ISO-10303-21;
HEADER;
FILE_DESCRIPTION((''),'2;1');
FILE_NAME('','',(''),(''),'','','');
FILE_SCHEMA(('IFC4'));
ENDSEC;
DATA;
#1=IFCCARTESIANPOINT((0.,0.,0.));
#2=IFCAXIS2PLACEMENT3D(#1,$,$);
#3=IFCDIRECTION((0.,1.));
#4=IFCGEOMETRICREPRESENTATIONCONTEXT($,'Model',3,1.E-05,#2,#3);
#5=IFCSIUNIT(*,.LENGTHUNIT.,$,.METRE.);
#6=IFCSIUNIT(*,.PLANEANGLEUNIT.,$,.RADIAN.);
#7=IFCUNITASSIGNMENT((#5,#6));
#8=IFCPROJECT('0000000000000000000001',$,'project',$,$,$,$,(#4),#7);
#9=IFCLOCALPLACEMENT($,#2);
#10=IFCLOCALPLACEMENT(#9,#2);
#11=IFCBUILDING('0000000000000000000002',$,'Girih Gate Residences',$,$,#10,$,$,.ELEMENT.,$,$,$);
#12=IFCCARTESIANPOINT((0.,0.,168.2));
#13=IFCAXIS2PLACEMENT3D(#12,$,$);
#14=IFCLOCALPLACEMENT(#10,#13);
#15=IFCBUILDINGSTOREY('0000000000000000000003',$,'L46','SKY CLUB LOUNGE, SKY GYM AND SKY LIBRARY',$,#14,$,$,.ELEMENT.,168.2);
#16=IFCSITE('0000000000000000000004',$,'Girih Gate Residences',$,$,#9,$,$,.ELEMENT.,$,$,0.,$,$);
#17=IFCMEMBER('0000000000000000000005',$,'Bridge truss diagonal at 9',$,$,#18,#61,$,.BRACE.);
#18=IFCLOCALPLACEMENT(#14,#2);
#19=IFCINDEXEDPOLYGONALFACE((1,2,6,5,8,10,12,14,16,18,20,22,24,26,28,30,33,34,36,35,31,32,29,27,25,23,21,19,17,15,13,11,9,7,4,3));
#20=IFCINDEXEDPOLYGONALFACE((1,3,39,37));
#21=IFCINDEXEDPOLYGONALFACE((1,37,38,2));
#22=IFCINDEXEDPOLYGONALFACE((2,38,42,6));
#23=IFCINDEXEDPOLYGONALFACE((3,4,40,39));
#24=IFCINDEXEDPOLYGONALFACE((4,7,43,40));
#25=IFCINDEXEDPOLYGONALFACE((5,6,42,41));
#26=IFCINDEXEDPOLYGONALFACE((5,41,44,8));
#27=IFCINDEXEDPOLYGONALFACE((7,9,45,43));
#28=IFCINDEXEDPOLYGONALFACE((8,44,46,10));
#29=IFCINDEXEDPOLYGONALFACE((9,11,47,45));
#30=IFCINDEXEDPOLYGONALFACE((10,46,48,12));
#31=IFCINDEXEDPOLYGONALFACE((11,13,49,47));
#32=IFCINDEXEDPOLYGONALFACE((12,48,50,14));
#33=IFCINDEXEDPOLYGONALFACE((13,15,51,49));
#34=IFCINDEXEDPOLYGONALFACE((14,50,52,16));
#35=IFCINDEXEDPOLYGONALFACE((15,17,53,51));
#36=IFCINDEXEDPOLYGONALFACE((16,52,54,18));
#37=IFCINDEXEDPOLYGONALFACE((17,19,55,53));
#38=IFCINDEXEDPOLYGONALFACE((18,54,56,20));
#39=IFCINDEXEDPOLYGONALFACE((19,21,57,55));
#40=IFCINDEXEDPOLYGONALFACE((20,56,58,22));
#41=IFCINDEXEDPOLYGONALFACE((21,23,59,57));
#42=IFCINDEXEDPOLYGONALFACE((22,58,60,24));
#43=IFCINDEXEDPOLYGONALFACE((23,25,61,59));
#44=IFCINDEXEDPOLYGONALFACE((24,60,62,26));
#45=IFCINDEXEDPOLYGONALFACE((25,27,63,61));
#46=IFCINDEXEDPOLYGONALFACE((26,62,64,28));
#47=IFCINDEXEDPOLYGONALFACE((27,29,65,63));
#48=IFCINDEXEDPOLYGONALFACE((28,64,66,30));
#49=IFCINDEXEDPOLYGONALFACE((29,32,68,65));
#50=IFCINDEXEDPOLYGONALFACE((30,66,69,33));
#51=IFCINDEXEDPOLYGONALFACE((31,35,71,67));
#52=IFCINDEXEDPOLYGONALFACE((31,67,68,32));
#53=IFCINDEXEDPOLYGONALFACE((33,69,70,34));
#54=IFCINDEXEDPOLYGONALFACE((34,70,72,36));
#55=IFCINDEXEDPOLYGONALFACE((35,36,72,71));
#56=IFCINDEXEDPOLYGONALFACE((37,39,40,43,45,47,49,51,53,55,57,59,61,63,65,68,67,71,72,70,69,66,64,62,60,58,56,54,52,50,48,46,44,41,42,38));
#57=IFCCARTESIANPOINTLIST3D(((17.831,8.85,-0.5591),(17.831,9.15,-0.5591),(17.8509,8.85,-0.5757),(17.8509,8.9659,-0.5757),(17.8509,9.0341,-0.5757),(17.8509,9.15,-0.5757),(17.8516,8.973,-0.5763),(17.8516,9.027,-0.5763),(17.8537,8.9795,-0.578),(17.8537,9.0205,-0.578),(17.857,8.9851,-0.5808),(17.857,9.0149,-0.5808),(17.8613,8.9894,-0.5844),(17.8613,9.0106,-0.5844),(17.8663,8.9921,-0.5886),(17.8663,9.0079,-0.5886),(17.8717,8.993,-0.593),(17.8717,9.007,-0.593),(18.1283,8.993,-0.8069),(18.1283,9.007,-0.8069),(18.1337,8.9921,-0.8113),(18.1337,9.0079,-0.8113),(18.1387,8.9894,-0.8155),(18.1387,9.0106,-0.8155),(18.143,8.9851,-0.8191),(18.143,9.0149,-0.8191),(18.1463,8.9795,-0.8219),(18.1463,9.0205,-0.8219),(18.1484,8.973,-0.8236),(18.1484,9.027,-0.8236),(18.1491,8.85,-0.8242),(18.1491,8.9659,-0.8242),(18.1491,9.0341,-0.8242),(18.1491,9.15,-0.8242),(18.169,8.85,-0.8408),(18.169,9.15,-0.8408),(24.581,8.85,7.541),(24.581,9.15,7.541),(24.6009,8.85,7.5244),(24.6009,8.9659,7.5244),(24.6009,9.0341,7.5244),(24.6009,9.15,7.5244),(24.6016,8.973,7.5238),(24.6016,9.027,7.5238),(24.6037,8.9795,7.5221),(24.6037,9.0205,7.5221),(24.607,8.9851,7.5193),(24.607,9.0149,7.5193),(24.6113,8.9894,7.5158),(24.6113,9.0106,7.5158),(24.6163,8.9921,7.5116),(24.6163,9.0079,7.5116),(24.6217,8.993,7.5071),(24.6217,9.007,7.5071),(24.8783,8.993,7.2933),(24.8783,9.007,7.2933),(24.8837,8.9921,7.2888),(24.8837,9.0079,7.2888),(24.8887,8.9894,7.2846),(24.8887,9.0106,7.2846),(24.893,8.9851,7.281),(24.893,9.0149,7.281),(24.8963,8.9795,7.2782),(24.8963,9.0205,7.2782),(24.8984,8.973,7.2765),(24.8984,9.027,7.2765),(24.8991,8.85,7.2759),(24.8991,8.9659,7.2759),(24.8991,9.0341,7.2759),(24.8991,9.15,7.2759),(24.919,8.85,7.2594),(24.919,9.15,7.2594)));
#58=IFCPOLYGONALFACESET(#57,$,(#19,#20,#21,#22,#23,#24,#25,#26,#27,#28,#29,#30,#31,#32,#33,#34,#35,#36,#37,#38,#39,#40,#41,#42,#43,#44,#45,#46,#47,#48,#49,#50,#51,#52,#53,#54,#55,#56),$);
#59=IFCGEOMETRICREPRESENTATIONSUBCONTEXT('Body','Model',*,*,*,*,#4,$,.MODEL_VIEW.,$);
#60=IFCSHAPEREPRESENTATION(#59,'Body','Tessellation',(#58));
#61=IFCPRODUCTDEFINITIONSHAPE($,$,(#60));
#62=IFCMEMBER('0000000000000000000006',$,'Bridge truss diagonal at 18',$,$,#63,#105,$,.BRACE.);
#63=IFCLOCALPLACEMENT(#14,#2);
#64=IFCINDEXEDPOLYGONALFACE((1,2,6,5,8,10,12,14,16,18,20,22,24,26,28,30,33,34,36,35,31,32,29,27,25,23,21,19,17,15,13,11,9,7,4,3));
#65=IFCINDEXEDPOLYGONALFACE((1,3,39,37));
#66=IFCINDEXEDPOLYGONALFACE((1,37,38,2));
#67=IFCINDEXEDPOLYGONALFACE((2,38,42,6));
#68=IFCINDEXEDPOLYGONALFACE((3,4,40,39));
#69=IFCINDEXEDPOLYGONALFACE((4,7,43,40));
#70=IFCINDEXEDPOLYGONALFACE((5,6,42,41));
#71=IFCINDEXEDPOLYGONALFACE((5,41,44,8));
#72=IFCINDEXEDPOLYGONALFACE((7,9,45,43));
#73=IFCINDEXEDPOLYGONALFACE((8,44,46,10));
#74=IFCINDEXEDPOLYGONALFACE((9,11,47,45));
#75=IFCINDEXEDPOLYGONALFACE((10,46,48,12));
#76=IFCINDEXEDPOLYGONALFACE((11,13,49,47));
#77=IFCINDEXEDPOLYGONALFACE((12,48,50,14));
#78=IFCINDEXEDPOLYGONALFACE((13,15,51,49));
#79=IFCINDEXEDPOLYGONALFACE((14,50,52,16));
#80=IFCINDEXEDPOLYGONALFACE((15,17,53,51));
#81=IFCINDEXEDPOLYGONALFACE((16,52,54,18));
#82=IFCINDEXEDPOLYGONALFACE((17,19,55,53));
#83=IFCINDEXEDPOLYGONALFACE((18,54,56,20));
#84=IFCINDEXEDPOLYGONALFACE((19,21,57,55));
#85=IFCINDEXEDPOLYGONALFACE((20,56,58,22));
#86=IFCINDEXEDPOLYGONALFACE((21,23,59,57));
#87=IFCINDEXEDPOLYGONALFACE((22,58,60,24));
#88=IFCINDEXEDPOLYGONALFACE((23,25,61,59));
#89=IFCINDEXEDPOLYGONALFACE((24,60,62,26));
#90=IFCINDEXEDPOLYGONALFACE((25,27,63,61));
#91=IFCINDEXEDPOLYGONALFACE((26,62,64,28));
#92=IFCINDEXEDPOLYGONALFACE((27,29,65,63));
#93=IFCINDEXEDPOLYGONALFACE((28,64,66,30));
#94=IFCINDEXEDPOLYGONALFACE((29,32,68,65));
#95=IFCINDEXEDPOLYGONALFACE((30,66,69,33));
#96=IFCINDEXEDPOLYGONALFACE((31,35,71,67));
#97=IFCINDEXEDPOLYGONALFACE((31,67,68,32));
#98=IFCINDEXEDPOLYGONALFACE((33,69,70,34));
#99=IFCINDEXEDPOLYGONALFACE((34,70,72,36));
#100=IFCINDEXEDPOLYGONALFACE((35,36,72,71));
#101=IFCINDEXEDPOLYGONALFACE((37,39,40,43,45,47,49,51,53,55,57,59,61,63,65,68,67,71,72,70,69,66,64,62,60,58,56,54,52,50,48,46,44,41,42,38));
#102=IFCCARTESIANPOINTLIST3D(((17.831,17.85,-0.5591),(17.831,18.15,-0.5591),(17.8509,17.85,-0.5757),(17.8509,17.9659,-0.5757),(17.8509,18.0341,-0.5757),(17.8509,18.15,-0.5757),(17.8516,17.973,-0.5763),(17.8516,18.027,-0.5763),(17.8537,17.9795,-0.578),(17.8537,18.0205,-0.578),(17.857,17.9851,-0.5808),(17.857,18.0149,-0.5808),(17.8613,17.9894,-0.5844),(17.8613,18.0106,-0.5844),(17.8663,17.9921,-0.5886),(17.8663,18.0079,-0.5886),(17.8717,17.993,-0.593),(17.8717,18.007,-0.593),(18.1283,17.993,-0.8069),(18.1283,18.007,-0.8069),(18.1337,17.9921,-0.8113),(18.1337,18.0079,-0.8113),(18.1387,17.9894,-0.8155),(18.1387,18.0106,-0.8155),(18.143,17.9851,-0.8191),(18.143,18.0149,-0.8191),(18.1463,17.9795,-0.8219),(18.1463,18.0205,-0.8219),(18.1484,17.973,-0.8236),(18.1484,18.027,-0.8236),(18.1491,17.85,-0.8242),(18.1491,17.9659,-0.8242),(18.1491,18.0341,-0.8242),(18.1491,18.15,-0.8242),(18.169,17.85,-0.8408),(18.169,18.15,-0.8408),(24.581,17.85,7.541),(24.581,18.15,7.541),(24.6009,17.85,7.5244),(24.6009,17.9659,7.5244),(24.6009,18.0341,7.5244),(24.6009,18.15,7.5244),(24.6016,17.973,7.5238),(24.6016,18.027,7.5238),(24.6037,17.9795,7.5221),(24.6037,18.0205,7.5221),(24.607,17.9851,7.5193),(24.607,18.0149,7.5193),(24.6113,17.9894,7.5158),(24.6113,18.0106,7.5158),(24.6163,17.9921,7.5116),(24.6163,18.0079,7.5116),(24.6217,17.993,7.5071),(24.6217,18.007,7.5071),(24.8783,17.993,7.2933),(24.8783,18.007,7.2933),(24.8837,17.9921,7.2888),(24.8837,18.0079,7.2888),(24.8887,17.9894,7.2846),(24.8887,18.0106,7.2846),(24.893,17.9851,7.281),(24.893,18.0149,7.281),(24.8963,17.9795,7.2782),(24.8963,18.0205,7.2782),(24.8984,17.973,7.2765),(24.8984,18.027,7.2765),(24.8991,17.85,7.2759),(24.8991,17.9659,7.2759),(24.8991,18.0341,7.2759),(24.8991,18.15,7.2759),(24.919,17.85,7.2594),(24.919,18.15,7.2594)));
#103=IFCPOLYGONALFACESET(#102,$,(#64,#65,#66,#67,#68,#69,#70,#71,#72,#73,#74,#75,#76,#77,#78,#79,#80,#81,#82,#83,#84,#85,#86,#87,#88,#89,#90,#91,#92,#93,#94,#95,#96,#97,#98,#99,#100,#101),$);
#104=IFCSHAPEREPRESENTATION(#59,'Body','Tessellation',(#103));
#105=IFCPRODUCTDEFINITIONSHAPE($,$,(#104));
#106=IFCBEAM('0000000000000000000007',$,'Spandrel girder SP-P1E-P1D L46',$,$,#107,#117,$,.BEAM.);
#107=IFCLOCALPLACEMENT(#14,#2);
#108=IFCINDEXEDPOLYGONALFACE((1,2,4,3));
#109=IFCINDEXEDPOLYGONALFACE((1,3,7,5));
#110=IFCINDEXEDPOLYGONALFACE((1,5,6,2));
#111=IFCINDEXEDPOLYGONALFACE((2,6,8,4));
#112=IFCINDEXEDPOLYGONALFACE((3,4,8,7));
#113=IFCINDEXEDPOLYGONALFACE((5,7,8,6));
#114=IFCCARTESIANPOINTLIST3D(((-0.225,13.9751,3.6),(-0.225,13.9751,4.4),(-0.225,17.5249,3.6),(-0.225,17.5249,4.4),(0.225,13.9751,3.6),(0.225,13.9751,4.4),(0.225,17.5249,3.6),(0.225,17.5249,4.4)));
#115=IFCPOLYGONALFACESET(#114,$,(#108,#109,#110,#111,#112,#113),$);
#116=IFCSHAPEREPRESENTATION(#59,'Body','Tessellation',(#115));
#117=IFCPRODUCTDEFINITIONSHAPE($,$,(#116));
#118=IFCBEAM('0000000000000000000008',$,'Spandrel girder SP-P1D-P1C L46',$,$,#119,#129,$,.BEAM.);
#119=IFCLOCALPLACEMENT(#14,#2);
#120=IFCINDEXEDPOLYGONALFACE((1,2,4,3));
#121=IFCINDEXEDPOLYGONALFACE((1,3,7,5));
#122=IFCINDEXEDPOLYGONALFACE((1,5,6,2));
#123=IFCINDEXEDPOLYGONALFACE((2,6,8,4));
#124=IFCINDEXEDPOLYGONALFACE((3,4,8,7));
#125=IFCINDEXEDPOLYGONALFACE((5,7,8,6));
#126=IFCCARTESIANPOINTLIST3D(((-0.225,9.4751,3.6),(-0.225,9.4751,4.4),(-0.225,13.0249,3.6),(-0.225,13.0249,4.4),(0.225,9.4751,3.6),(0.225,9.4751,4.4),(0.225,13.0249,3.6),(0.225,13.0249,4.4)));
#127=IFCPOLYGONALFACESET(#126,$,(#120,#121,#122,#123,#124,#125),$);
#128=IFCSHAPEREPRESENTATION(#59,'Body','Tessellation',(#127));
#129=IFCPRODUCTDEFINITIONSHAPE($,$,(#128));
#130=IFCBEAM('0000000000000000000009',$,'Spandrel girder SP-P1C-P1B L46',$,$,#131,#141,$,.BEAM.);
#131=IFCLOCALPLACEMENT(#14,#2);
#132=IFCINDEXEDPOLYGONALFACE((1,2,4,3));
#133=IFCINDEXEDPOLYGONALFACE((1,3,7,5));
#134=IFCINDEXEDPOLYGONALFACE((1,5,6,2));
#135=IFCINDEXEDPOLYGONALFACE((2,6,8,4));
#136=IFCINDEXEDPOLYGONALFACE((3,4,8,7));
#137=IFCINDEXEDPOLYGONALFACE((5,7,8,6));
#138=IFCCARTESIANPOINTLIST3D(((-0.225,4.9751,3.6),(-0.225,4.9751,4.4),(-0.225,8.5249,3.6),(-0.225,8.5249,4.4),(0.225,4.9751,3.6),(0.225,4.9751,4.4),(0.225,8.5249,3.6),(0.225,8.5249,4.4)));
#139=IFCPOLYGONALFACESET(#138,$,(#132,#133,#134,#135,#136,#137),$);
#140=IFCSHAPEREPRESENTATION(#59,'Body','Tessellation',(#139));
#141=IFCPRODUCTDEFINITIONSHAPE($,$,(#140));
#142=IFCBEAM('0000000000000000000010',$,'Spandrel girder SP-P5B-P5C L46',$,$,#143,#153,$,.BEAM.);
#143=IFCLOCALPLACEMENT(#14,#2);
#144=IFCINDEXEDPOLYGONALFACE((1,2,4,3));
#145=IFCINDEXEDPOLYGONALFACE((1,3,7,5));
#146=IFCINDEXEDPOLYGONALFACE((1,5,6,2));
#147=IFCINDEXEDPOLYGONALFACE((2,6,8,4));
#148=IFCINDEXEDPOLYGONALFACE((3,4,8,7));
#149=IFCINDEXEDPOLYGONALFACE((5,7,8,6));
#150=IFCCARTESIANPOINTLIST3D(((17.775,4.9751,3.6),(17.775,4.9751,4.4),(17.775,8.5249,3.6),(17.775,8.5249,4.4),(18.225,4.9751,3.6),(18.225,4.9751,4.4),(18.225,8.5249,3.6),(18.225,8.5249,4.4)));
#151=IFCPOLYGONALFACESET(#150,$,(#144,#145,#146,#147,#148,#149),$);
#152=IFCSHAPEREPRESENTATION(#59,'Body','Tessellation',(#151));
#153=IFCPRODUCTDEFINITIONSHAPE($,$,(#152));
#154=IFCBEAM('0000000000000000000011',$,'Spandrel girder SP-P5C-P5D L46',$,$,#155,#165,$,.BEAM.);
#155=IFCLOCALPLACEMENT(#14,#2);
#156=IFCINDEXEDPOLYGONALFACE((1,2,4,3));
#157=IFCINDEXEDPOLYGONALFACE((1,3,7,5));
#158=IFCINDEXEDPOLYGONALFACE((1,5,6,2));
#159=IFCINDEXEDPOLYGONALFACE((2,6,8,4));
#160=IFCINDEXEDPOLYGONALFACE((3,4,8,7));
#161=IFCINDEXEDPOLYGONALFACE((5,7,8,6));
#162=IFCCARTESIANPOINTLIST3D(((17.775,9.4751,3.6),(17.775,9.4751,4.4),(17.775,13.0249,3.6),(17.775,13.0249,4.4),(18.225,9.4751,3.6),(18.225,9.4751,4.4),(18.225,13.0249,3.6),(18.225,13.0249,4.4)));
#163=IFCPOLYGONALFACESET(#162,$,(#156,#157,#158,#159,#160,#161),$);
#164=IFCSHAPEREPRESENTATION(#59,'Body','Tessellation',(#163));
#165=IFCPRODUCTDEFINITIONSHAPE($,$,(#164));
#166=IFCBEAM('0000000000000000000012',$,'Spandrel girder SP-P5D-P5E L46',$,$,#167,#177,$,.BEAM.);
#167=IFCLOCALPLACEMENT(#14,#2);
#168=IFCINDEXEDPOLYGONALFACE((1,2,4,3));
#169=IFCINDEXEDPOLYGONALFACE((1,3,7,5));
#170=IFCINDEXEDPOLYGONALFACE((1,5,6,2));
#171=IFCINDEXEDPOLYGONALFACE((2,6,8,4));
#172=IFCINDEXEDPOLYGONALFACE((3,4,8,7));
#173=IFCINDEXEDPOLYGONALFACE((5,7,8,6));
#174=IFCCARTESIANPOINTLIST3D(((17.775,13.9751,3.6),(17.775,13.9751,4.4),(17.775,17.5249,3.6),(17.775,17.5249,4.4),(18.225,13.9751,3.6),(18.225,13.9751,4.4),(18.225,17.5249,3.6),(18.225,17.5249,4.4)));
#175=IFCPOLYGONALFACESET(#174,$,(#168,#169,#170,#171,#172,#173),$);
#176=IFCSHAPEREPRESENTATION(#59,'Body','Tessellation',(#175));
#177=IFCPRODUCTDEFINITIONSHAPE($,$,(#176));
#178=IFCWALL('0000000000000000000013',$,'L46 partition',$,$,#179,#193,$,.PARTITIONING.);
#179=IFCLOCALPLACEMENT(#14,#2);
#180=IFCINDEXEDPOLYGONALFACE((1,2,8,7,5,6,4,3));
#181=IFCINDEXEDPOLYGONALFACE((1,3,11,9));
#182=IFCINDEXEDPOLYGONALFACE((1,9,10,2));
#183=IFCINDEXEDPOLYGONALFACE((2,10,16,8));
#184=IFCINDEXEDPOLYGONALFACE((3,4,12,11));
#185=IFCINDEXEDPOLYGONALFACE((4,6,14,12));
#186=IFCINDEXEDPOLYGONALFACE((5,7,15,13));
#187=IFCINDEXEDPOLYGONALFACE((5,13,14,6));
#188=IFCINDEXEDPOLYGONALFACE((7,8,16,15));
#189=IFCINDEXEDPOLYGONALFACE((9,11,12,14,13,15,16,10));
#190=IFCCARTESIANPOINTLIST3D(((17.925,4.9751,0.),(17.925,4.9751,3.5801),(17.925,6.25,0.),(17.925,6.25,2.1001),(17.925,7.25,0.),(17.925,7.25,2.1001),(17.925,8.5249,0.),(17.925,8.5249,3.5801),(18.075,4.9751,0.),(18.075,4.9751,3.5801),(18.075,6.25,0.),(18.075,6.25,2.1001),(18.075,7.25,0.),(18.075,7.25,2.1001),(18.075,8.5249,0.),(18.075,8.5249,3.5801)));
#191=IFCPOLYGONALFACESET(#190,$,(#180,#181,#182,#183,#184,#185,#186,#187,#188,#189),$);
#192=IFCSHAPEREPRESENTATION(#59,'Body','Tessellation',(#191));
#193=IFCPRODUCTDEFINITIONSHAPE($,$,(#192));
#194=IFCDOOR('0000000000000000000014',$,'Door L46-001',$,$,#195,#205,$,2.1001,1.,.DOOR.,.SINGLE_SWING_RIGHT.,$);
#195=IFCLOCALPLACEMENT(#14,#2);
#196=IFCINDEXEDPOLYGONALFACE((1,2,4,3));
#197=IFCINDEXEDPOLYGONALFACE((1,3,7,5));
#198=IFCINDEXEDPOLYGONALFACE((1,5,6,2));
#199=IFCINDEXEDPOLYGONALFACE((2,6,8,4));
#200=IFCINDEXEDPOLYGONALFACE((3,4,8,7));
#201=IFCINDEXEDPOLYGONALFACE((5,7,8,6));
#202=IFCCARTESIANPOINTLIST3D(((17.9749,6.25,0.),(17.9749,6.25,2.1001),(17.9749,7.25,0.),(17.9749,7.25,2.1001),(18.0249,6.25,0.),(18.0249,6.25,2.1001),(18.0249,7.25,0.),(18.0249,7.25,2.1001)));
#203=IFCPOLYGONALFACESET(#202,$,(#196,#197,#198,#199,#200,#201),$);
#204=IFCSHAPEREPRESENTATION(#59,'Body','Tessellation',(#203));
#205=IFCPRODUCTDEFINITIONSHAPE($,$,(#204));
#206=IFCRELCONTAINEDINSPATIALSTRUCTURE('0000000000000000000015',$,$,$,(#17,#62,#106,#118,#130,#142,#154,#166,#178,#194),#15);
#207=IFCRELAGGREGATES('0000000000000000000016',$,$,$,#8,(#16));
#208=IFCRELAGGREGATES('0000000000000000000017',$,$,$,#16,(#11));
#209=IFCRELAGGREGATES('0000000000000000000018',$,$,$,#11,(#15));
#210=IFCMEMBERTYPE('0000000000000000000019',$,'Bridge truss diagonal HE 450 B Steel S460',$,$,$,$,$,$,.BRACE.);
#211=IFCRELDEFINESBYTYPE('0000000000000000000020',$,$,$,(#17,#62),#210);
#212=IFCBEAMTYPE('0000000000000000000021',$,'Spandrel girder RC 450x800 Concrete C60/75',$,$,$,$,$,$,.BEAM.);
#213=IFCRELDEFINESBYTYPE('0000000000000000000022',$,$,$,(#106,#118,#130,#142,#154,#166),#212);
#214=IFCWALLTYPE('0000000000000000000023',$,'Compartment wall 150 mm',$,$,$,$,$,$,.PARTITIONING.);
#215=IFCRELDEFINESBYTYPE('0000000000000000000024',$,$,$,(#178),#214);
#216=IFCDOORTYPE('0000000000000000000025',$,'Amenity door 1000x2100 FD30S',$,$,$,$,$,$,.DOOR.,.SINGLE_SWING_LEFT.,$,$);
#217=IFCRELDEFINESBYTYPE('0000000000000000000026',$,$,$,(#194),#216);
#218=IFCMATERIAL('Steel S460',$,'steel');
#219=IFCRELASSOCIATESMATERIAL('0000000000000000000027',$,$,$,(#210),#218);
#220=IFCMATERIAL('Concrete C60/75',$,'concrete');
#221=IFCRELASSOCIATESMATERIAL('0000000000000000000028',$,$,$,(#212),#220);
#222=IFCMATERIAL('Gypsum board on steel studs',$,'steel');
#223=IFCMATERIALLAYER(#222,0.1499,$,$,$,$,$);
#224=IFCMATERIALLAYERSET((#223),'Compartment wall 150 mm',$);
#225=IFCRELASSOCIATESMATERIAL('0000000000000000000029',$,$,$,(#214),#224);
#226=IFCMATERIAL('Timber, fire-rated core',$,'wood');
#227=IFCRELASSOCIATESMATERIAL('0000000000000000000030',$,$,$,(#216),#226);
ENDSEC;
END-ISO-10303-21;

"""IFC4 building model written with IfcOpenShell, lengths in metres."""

from ifc_helpers import new_model, si_unit, direction, frame, frame_2d, origin, origin_2d, place, context, subcontext, project, spatial, rectangle, i_section, extrude, material, layer, layer_set, material_profile, profile_set, type_object, element, fill, save


model = new_model("IFC4")

# Units and contexts
model_context = context("Model", 3, precision=1e-05, world=origin(), true_north=direction((0.0, 1.0)))
body_context = subcontext(model_context, "Body", "Model", "MODEL_VIEW")
ifc_project = project(units=[si_unit("LENGTHUNIT", "METRE"), si_unit("PLANEANGLEUNIT", "RADIAN")], contexts=[model_context])

# Site, building, storey
site_placement = place(None, origin())
site = spatial("IfcSite", under=ifc_project, at=site_placement, Name="Girih Gate Residences", CompositionType="ELEMENT", RefElevation=0.0)
building_placement = place(site_placement, origin())
building = spatial("IfcBuilding", under=site, at=building_placement, Name="Girih Gate Residences", CompositionType="ELEMENT")
storey_placement = place(building_placement, frame((0.0, 0.0, 168.2)))
storey = spatial("IfcBuildingStorey", under=building, at=storey_placement, Name="L46", Description="SKY CLUB LOUNGE, SKY GYM AND SKY LIBRARY", CompositionType="ELEMENT", Elevation=168.2)

# Members
ifc_material_1 = material(Name="Steel S460", Category="steel")
ifc_material_profile_1 = material_profile(ifc_material_1, i_section(OverallWidth=0.3, OverallDepth=0.4399, WebThickness=0.0139, FlangeThickness=0.0259, FilletRadius=0.0271, at=origin_2d()))
ifc_profile_set_1 = profile_set([ifc_material_profile_1], Name="Steel S460")
member_type_1 = type_object("IfcMemberType", Name="Bridge truss diagonal HE 450 B Steel S460", PredefinedType="BRACE", material=ifc_profile_set_1)
for number, where, z_axis, x_axis, name in (
    (1, (18.0, 9.0, -0.7), (0.64018, 0.0, 0.768225), (0.0, 1.0, 0.0), "Bridge truss diagonal at 9"),
    (2, (18.0, 18.0, -0.7), (0.64018, 0.0, 0.768225), (0.0, 1.0, 0.0), "Bridge truss diagonal at 18"),
):
    element("IfcMember", number, at=place(storey_placement, frame(where, z_axis=z_axis, x_axis=x_axis)), inside=storey, type_object=member_type_1, Name=name, PredefinedType="BRACE", context=body_context, shape_type="SweptSolid", body=[
        extrude(i_section(OverallWidth=0.3, OverallDepth=0.4399, WebThickness=0.0139, FlangeThickness=0.0259, FilletRadius=0.0271, at=origin_2d()), origin(), (0.0, 0.0, 1.0), 10.5439),
    ])

# Beams
ifc_material_2 = material(Name="Concrete C60/75", Category="concrete")
ifc_material_profile_2 = material_profile(ifc_material_2, rectangle(XDim=0.45, YDim=0.8, at=origin_2d()))
ifc_profile_set_2 = profile_set([ifc_material_profile_2], Name="Concrete C60/75")
beam_type = type_object("IfcBeamType", Name="Spandrel girder RC 450x800 Concrete C60/75", PredefinedType="BEAM", material=ifc_profile_set_2)
for number, where, z_axis, x_axis, name in (
    (3, (0.0, 17.5249, 4.0), (0.0, -1.0, 0.0), (1.0, 0.0, 0.0), "Spandrel girder SP-P1E-P1D L46"),
    (4, (0.0, 13.0249, 4.0), (0.0, -1.0, 0.0), (1.0, 0.0, 0.0), "Spandrel girder SP-P1D-P1C L46"),
    (5, (0.0, 8.5249, 4.0), (0.0, -1.0, 0.0), (1.0, 0.0, 0.0), "Spandrel girder SP-P1C-P1B L46"),
    (6, (18.0, 4.9751, 4.0), (0.0, 1.0, 0.0), (-1.0, 0.0, 0.0), "Spandrel girder SP-P5B-P5C L46"),
    (7, (18.0, 9.4751, 4.0), (0.0, 1.0, 0.0), (-1.0, 0.0, 0.0), "Spandrel girder SP-P5C-P5D L46"),
    (8, (18.0, 13.9751, 4.0), (0.0, 1.0, 0.0), (-1.0, 0.0, 0.0), "Spandrel girder SP-P5D-P5E L46"),
):
    element("IfcBeam", number, at=place(storey_placement, frame(where, z_axis=z_axis, x_axis=x_axis)), inside=storey, type_object=beam_type, Name=name, PredefinedType="BEAM", context=body_context, shape_type="SweptSolid", body=[
        extrude(rectangle(XDim=0.45, YDim=0.8, at=origin_2d()), origin(), (0.0, 0.0, 1.0), 3.5498),
    ])

# Wall, opening, door
ifc_material_3 = material(Name="Gypsum board on steel studs", Category="steel")
ifc_layer_1 = layer(ifc_material_3, 0.1499)
ifc_layer_set_1 = layer_set([ifc_layer_1], Name="Compartment wall 150 mm")
wall_type_1 = type_object("IfcWallType", Name="Compartment wall 150 mm", PredefinedType="PARTITIONING", material=ifc_layer_set_1)
wall_1_placement = place(storey_placement, frame((18.0, 8.5249, 0.0), z_axis=(0.0, 0.0, 1.0), x_axis=(0.0, -1.0, 0.0)))
wall_1 = element("IfcWall", 9, at=wall_1_placement, inside=storey, type_object=wall_type_1, Name="L46 partition", PredefinedType="PARTITIONING", context=body_context, shape_type="SweptSolid", body=[
    extrude(rectangle(XDim=3.5498, YDim=0.1499, at=frame_2d((1.7749, 0.0))), origin(), (0.0, 0.0, 1.0), 3.5801),
])
opening_1_placement = place(wall_1_placement, frame((1.2749, 0.0, 0.0)))
opening_1 = element("IfcOpeningElement", 10, at=opening_1_placement, cuts=wall_1, PredefinedType="OPENING", context=body_context, shape_type="SweptSolid", body=[
    extrude(rectangle(XDim=1.0, YDim=2.1001, at=frame_2d((0.5, 1.05))), frame((0.0, 0.085, 0.0), z_axis=(0.0, -1.0, 0.0), x_axis=(1.0, 0.0, 0.0)), (0.0, 0.0, 1.0), 0.1699),
])
ifc_material_4 = material(Name="Timber, fire-rated core", Category="wood")
door_type_1 = type_object("IfcDoorType", Name="Amenity door 1000x2100 FD30S", OperationType="SINGLE_SWING_LEFT", PredefinedType="DOOR", material=ifc_material_4)
door_1_placement = place(opening_1_placement, origin())
door_1 = element("IfcDoor", 11, at=door_1_placement, inside=storey, type_object=door_type_1, Name="Door L46-001", OperationType="SINGLE_SWING_RIGHT", OverallHeight=2.1001, OverallWidth=1.0, PredefinedType="DOOR", context=body_context, shape_type="SweptSolid", body=[
    extrude(rectangle(XDim=1.0, YDim=2.1001, at=frame_2d((0.5, 1.05))), frame((0.0, 0.0249, 0.0), z_axis=(0.0, -1.0, 0.0), x_axis=(1.0, 0.0, 0.0)), (0.0, 0.0, 1.0), 0.05),
])
fill(opening_1, door_1)

save(model, "model.ifc")
